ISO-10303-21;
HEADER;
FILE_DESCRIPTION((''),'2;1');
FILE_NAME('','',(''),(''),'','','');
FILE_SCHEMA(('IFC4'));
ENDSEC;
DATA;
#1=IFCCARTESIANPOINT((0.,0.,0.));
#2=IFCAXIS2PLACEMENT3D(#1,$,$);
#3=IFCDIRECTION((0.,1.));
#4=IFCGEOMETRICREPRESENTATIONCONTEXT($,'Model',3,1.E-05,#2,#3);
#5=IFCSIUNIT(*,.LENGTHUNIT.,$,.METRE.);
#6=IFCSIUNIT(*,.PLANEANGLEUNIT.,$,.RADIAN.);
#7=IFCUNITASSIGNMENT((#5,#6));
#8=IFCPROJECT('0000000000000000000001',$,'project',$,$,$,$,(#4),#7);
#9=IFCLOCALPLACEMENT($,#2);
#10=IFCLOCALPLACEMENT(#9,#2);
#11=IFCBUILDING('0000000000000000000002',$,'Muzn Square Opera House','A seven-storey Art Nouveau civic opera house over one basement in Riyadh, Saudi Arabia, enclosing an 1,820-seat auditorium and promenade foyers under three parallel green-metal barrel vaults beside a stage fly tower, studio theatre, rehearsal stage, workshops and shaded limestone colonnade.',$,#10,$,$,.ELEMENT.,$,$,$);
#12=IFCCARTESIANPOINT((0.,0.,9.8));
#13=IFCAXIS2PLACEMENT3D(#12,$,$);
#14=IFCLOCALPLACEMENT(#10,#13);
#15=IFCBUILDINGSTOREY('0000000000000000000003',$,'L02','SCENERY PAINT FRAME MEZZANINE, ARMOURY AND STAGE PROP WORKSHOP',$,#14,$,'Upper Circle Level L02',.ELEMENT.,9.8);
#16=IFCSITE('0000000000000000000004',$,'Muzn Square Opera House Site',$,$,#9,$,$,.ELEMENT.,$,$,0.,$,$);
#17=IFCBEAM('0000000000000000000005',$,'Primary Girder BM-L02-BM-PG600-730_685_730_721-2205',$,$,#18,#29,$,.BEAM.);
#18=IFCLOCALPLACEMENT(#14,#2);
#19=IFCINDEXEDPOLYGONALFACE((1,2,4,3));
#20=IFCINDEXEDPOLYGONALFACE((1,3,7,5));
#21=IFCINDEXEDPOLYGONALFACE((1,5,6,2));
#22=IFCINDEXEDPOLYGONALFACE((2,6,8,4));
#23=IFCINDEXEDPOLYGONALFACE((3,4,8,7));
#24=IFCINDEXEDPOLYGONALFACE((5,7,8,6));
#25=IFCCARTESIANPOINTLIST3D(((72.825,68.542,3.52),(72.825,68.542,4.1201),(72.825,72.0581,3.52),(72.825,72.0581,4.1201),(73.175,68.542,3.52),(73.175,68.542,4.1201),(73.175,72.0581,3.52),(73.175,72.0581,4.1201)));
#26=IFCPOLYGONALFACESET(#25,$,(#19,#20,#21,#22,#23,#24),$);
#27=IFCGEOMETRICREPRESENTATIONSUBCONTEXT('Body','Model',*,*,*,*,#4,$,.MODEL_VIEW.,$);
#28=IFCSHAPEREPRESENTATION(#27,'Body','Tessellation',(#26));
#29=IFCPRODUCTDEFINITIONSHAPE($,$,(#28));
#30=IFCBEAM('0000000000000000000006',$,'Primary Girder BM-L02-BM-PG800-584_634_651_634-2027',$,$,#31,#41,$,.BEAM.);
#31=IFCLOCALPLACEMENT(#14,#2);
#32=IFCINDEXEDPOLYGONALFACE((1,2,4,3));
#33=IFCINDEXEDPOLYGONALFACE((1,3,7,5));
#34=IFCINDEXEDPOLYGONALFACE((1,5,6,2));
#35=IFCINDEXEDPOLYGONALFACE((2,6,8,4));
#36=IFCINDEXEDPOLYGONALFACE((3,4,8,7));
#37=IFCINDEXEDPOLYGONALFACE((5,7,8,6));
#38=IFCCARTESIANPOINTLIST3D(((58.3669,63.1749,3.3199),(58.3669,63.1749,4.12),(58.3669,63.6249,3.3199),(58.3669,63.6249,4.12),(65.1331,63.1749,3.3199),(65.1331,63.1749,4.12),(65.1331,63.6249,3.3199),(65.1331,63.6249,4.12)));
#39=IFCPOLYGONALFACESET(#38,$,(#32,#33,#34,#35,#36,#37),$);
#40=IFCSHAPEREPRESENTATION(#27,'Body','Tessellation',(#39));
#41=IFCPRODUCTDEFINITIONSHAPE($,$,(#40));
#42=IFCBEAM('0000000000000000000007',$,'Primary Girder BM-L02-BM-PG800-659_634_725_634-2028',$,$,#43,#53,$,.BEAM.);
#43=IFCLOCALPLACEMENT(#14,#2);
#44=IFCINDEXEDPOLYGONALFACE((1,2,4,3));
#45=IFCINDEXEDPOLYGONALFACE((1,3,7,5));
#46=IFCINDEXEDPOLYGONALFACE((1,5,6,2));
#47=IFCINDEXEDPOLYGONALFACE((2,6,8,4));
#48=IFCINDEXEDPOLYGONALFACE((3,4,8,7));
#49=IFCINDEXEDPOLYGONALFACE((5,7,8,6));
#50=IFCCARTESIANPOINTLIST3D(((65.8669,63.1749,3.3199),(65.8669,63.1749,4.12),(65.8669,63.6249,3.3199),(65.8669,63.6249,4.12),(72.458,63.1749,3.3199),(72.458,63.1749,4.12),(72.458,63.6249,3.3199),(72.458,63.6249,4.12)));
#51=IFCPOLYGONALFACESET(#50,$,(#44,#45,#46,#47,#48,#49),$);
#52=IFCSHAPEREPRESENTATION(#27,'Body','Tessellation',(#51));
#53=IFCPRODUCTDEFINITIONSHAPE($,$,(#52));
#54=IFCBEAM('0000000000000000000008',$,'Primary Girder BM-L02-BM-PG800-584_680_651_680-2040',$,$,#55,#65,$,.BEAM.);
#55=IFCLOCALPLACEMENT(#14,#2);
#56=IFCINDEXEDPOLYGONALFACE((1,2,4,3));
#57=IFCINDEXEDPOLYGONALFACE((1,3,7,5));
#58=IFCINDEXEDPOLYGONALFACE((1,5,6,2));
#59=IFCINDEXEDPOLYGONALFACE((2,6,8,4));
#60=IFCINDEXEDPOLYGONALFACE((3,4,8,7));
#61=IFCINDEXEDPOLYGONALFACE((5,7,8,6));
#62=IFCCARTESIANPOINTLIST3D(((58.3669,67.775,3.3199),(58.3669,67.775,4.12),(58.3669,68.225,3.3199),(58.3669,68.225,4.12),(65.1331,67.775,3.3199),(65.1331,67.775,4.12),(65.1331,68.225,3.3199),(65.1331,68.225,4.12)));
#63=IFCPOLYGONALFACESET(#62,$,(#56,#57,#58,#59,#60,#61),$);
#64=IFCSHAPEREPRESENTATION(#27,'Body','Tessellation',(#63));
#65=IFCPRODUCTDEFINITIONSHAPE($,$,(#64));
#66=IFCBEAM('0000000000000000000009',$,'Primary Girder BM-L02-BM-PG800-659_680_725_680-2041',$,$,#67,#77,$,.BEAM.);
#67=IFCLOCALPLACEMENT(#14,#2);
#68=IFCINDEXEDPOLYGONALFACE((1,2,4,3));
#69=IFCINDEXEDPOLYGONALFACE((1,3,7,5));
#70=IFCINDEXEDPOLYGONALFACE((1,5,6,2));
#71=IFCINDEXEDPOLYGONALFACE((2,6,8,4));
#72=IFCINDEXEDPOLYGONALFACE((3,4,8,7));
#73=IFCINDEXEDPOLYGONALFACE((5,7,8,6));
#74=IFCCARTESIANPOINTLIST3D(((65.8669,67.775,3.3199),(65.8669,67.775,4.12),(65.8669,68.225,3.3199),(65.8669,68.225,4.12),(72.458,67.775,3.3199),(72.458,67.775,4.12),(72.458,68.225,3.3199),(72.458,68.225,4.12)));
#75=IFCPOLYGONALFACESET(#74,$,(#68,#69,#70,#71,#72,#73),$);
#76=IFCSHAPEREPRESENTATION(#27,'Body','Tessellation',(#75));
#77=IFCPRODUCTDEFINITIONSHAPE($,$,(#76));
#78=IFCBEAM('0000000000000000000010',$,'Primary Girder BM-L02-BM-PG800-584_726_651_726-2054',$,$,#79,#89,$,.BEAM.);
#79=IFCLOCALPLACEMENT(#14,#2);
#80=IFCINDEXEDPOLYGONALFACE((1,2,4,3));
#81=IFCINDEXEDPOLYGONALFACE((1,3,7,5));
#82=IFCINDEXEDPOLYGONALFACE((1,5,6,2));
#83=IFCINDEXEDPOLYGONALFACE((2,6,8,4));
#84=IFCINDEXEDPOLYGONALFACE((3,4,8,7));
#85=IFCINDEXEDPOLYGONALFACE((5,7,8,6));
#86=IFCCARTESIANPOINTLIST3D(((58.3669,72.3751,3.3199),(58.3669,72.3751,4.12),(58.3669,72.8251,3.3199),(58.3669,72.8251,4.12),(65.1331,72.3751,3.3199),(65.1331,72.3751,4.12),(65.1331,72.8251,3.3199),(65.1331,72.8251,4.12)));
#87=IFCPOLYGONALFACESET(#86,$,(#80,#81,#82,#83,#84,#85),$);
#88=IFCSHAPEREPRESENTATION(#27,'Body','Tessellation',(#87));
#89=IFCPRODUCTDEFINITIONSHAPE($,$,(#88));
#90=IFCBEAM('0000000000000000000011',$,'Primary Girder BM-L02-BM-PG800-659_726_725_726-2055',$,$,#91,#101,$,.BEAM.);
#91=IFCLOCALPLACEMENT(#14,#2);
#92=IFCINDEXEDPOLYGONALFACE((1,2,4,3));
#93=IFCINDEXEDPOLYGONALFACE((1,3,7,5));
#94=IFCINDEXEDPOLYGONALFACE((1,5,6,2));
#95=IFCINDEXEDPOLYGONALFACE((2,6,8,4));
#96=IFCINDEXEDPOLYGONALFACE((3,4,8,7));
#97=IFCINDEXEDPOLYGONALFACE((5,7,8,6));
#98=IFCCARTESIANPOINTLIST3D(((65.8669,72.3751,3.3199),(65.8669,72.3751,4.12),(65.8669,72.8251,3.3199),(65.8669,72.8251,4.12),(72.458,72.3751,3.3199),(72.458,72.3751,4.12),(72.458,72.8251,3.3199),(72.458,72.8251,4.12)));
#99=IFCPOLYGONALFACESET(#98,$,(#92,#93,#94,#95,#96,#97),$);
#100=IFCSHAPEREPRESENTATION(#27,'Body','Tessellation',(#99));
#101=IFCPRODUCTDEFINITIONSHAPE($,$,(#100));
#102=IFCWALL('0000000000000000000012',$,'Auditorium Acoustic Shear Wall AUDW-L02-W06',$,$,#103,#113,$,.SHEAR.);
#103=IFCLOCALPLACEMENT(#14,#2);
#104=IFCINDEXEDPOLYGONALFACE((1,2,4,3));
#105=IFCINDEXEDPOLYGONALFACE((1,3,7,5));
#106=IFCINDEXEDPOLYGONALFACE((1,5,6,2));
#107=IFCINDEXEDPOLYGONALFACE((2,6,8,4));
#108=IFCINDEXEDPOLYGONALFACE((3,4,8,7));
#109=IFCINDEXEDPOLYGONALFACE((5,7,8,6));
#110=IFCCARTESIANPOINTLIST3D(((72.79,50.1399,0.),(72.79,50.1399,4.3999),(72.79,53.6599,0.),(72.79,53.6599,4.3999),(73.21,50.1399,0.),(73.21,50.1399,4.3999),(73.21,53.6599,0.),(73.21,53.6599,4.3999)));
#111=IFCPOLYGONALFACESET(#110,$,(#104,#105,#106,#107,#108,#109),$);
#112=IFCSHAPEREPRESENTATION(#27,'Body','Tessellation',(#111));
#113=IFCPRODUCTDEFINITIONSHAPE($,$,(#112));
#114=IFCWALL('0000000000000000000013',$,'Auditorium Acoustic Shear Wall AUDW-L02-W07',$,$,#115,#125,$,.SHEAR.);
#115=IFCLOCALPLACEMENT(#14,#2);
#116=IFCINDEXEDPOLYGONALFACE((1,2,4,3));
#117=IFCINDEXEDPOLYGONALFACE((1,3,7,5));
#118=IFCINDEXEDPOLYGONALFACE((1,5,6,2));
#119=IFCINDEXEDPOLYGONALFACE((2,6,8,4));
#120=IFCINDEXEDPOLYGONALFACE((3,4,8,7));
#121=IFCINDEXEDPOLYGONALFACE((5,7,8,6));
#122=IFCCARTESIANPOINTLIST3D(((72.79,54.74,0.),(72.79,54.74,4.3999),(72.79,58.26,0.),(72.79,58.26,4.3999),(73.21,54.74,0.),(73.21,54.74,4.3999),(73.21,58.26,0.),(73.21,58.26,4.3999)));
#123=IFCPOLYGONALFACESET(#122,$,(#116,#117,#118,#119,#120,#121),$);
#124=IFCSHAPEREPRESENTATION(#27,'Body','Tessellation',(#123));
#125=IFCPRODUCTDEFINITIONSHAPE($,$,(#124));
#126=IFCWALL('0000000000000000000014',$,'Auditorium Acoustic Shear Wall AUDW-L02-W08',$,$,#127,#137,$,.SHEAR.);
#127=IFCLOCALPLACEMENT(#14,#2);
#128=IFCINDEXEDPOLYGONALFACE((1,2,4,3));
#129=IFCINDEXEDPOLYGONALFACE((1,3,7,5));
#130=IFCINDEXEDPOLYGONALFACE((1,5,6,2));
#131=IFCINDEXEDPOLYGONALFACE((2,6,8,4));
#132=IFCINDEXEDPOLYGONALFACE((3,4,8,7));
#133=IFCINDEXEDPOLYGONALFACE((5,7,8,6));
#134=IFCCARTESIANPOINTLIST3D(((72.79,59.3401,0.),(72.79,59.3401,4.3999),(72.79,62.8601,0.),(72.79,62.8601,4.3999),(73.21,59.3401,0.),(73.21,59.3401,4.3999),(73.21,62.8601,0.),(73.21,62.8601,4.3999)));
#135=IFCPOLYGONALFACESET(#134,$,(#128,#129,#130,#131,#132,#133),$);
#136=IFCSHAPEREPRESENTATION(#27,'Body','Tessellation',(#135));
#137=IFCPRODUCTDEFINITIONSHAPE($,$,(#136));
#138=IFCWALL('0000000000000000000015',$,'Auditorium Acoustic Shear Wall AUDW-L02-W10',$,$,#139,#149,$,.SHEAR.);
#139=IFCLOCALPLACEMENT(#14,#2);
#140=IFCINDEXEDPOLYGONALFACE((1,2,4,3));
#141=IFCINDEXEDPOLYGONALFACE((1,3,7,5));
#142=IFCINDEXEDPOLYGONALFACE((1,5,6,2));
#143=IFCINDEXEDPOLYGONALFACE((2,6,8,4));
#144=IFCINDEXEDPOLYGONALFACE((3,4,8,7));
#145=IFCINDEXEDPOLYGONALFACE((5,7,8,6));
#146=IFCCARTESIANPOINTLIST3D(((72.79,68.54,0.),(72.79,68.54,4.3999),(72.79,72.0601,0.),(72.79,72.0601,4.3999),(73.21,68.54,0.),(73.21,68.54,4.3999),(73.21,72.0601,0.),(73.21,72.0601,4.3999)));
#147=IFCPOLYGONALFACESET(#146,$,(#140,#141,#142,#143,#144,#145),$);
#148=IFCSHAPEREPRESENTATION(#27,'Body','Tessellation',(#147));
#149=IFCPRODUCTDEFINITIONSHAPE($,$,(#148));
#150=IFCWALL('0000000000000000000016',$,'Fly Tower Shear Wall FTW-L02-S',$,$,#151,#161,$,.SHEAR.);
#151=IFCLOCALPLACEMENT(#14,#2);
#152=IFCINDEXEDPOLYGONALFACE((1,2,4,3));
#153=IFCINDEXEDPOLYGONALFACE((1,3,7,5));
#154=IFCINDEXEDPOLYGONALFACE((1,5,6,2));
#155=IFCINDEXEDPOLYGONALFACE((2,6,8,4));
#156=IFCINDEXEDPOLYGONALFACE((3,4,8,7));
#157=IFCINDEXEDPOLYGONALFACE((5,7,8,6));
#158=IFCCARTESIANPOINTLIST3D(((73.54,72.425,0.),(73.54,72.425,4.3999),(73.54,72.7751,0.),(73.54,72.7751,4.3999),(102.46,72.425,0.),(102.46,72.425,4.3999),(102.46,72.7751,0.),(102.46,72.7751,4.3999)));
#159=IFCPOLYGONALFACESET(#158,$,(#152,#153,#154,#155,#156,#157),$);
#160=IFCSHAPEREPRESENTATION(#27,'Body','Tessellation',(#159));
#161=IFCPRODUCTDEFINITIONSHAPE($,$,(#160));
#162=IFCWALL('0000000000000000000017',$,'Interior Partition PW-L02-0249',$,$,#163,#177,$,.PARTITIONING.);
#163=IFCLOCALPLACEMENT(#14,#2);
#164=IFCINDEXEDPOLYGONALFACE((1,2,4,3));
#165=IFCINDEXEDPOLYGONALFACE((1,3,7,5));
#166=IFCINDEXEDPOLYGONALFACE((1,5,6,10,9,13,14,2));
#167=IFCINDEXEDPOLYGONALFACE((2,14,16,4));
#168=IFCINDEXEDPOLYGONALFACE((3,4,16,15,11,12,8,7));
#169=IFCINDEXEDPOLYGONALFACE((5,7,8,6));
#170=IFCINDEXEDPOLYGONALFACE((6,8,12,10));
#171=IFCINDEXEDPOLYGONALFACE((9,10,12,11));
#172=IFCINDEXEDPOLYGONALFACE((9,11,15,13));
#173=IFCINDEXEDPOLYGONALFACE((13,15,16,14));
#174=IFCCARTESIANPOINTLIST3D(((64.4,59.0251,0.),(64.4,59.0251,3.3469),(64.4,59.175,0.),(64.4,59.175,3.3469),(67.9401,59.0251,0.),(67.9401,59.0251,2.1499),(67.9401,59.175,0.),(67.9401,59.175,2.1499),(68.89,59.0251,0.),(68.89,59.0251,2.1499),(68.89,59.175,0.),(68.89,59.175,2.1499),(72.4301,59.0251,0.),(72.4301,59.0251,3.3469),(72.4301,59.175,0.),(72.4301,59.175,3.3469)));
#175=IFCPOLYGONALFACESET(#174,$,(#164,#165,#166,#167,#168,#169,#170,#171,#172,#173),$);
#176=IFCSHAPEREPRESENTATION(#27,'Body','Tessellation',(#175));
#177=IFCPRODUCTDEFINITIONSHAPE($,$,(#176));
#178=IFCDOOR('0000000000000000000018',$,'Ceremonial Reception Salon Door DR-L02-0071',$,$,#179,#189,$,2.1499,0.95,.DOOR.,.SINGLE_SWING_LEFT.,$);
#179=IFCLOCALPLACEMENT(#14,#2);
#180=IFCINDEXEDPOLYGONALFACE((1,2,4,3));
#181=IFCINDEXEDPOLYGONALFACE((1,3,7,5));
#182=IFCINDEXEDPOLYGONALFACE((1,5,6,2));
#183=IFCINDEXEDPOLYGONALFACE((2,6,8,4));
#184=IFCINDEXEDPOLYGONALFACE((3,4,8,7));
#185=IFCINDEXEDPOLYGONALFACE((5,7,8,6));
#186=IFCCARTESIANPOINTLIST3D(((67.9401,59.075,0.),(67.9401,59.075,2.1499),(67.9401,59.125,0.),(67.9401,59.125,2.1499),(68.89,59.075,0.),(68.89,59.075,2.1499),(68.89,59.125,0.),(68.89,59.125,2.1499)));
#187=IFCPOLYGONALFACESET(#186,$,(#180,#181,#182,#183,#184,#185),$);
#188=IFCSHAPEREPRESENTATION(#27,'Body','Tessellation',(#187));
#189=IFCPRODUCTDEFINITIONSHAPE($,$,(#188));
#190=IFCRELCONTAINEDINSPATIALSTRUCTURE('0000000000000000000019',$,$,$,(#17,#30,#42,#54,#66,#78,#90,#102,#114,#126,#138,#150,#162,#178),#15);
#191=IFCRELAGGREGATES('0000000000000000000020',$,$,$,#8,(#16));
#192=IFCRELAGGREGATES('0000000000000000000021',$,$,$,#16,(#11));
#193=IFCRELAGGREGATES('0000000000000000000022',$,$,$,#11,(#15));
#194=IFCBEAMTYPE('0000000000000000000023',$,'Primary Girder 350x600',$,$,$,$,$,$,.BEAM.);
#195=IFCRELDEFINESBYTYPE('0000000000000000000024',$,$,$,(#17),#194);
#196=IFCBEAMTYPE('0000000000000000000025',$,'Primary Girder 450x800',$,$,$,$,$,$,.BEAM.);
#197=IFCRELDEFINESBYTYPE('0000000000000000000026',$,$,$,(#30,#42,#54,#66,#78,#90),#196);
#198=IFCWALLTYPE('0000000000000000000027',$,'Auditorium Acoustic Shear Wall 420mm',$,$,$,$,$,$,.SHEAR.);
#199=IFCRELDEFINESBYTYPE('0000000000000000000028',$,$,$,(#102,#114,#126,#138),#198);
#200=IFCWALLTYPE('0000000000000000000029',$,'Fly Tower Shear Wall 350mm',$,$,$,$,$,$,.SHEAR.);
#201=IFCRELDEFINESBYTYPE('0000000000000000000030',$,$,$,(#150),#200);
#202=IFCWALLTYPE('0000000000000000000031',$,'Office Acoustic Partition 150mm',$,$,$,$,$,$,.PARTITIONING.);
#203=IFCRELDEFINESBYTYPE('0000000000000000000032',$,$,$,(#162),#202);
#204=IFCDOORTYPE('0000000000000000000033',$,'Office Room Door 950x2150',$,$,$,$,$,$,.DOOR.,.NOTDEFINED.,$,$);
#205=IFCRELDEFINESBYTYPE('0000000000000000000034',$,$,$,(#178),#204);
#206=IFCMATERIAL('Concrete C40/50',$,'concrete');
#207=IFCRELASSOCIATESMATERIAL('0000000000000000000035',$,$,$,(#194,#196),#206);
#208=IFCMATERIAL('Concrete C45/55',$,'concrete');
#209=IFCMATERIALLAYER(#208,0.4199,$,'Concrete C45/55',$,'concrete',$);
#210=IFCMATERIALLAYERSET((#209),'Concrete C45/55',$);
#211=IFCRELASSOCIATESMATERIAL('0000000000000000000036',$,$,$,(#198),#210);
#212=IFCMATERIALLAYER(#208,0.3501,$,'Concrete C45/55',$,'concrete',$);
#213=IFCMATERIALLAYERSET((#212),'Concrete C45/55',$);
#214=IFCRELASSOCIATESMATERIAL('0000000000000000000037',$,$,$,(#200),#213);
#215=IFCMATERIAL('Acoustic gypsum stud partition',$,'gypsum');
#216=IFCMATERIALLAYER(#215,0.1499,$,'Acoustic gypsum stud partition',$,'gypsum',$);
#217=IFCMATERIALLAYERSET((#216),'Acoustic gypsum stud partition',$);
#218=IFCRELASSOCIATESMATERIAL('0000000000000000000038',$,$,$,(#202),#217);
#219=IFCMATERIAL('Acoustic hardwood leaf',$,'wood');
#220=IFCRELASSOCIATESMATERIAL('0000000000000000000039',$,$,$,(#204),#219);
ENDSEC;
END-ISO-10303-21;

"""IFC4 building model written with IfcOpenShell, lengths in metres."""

from ifc_helpers import new_model, si_unit, direction, frame, frame_2d, origin, origin_2d, place, context, subcontext, project, spatial, rectangle, extrude, material, layer, layer_set, material_profile, profile_set, type_object, element, fill, save


model = new_model("IFC4")

# Units and contexts
model_context = context("Model", 3, precision=1e-05, world=origin(), true_north=direction((0.0, 1.0)))
body_context = subcontext(model_context, "Body", "Model", "MODEL_VIEW")
ifc_project = project(units=[si_unit("LENGTHUNIT", "METRE"), si_unit("PLANEANGLEUNIT", "RADIAN")], contexts=[model_context])

# Site, building, storey
site_placement = place(None, origin())
site = spatial("IfcSite", under=ifc_project, at=site_placement, Name="Muzn Square Opera House Site", CompositionType="ELEMENT", RefElevation=0.0)
building_placement = place(site_placement, origin())
building = spatial("IfcBuilding", under=site, at=building_placement, Name="Muzn Square Opera House", Description="A seven-storey Art Nouveau civic opera house over one basement in Riyadh, Saudi Arabia, enclosing an 1,820-seat auditorium and promenade foyers under three parallel green-metal barrel vaults beside a stage fly tower, studio theatre, rehearsal stage, workshops and shaded limestone colonnade.", CompositionType="ELEMENT")
storey_placement = place(building_placement, frame((0.0, 0.0, 9.8)))
storey = spatial("IfcBuildingStorey", under=building, at=storey_placement, Name="L02", Description="SCENERY PAINT FRAME MEZZANINE, ARMOURY AND STAGE PROP WORKSHOP", LongName="Upper Circle Level L02", CompositionType="ELEMENT", Elevation=9.8)

# Shared definitions
ifc_material_1 = material(Name="Concrete C45/55", Category="concrete")

# Beams
ifc_material_2 = material(Name="Concrete C40/50", Category="concrete")
ifc_material_profile_1 = material_profile(ifc_material_2, rectangle(XDim=0.3501, YDim=0.6001, at=origin_2d()), Name="RCB 350x600", Category="concrete")
ifc_profile_set_1 = profile_set([ifc_material_profile_1], Name="Concrete C40/50")
beam_type_1 = type_object("IfcBeamType", Name="Primary Girder 350x600", PredefinedType="BEAM", material=ifc_profile_set_1)
for number, where, z_axis, x_axis, name in (
    (1, (73.0, 68.542, 3.8201), (0.0, 1.0, 0.0), (-1.0, 0.0, 0.0), "Primary Girder BM-L02-BM-PG600-730_685_730_721-2205"),
):
    element("IfcBeam", number, at=place(storey_placement, frame(where, z_axis=z_axis, x_axis=x_axis)), inside=storey, type_object=beam_type_1, Name=name, PredefinedType="BEAM", context=body_context, shape_type="SweptSolid", body=[
        extrude(rectangle(XDim=0.3501, YDim=0.6001, at=origin_2d()), origin(), (0.0, 0.0, 1.0), 3.5161),
    ])
ifc_material_profile_2 = material_profile(ifc_material_2, rectangle(XDim=0.45, YDim=0.8, at=origin_2d()), Name="RCB 450x800", Category="concrete")
ifc_profile_set_2 = profile_set([ifc_material_profile_2], Name="Concrete C40/50")
beam_type_2 = type_object("IfcBeamType", Name="Primary Girder 450x800", PredefinedType="BEAM", material=ifc_profile_set_2)
beam_1_placement = place(storey_placement, frame((58.3669, 63.3999, 3.72), z_axis=(1.0, 0.0, 0.0), x_axis=(0.0, 1.0, 0.0)))
element("IfcBeam", 2, at=beam_1_placement, inside=storey, type_object=beam_type_2, Name="Primary Girder BM-L02-BM-PG800-584_634_651_634-2027", PredefinedType="BEAM", context=body_context, shape_type="SweptSolid", body=[
    extrude(rectangle(XDim=0.45, YDim=0.8, at=origin_2d()), origin(), (0.0, 0.0, 1.0), 6.7661),
])
beam_2_placement = place(storey_placement, frame((65.8669, 63.3999, 3.72), z_axis=(1.0, 0.0, 0.0), x_axis=(0.0, 1.0, 0.0)))
element("IfcBeam", 3, at=beam_2_placement, inside=storey, type_object=beam_type_2, Name="Primary Girder BM-L02-BM-PG800-659_634_725_634-2028", PredefinedType="BEAM", context=body_context, shape_type="SweptSolid", body=[
    extrude(rectangle(XDim=0.45, YDim=0.8, at=origin_2d()), origin(), (0.0, 0.0, 1.0), 6.5911),
])
beam_3_placement = place(storey_placement, frame((58.3669, 68.0, 3.72), z_axis=(1.0, 0.0, 0.0), x_axis=(0.0, 1.0, 0.0)))
element("IfcBeam", 4, at=beam_3_placement, inside=storey, type_object=beam_type_2, Name="Primary Girder BM-L02-BM-PG800-584_680_651_680-2040", PredefinedType="BEAM", context=body_context, shape_type="SweptSolid", body=[
    extrude(rectangle(XDim=0.45, YDim=0.8, at=origin_2d()), origin(), (0.0, 0.0, 1.0), 6.7661),
])
beam_4_placement = place(storey_placement, frame((65.8669, 68.0, 3.72), z_axis=(1.0, 0.0, 0.0), x_axis=(0.0, 1.0, 0.0)))
element("IfcBeam", 5, at=beam_4_placement, inside=storey, type_object=beam_type_2, Name="Primary Girder BM-L02-BM-PG800-659_680_725_680-2041", PredefinedType="BEAM", context=body_context, shape_type="SweptSolid", body=[
    extrude(rectangle(XDim=0.45, YDim=0.8, at=origin_2d()), origin(), (0.0, 0.0, 1.0), 6.5911),
])
beam_5_placement = place(storey_placement, frame((58.3669, 72.6001, 3.72), z_axis=(1.0, 0.0, 0.0), x_axis=(0.0, 1.0, 0.0)))
element("IfcBeam", 6, at=beam_5_placement, inside=storey, type_object=beam_type_2, Name="Primary Girder BM-L02-BM-PG800-584_726_651_726-2054", PredefinedType="BEAM", context=body_context, shape_type="SweptSolid", body=[
    extrude(rectangle(XDim=0.45, YDim=0.8, at=origin_2d()), origin(), (0.0, 0.0, 1.0), 6.7661),
])
beam_6_placement = place(storey_placement, frame((65.8669, 72.6001, 3.72), z_axis=(1.0, 0.0, 0.0), x_axis=(0.0, 1.0, 0.0)))
element("IfcBeam", 7, at=beam_6_placement, inside=storey, type_object=beam_type_2, Name="Primary Girder BM-L02-BM-PG800-659_726_725_726-2055", PredefinedType="BEAM", context=body_context, shape_type="SweptSolid", body=[
    extrude(rectangle(XDim=0.45, YDim=0.8, at=origin_2d()), origin(), (0.0, 0.0, 1.0), 6.5911),
])

# Walls
ifc_layer_1 = layer(ifc_material_1, 0.4199, Name="Concrete C45/55", Category="concrete")
ifc_layer_set_1 = layer_set([ifc_layer_1], Name="Concrete C45/55")
wall_type_1 = type_object("IfcWallType", Name="Auditorium Acoustic Shear Wall 420mm", PredefinedType="SHEAR", material=ifc_layer_set_1)
for number, where, z_axis, x_axis, name in (
    (8, (73.0, 50.1399, 0.0), (0.0, 0.0, 1.0), (0.0, 1.0, 0.0), "Auditorium Acoustic Shear Wall AUDW-L02-W06"),
    (9, (73.0, 54.74, 0.0), (0.0, 0.0, 1.0), (0.0, 1.0, 0.0), "Auditorium Acoustic Shear Wall AUDW-L02-W07"),
    (10, (73.0, 59.3401, 0.0), (0.0, 0.0, 1.0), (0.0, 1.0, 0.0), "Auditorium Acoustic Shear Wall AUDW-L02-W08"),
    (11, (73.0, 68.54, 0.0), (0.0, 0.0, 1.0), (0.0, 1.0, 0.0), "Auditorium Acoustic Shear Wall AUDW-L02-W10"),
):
    element("IfcWall", number, at=place(storey_placement, frame(where, z_axis=z_axis, x_axis=x_axis)), inside=storey, type_object=wall_type_1, Name=name, PredefinedType="SHEAR", context=body_context, shape_type="SweptSolid", body=[
        extrude(rectangle(XDim=3.52, YDim=0.4199, at=frame_2d((1.76, 0.0))), origin(), (0.0, 0.0, 1.0), 4.3999),
    ])
ifc_layer_2 = layer(ifc_material_1, 0.3501, Name="Concrete C45/55", Category="concrete")
ifc_layer_set_2 = layer_set([ifc_layer_2], Name="Concrete C45/55")
wall_type_2 = type_object("IfcWallType", Name="Fly Tower Shear Wall 350mm", PredefinedType="SHEAR", material=ifc_layer_set_2)
wall_1_placement = place(storey_placement, frame((73.54, 72.6001, 0.0), z_axis=(0.0, 0.0, 1.0), x_axis=(1.0, 0.0, 0.0)))
element("IfcWall", 12, at=wall_1_placement, inside=storey, type_object=wall_type_2, Name="Fly Tower Shear Wall FTW-L02-S", PredefinedType="SHEAR", context=body_context, shape_type="SweptSolid", body=[
    extrude(rectangle(XDim=28.9199, YDim=0.3501, at=frame_2d((14.46, 0.0))), origin(), (0.0, 0.0, 1.0), 4.3999),
])

# Wall, opening, door
ifc_material_3 = material(Name="Acoustic gypsum stud partition", Category="gypsum")
ifc_layer_3 = layer(ifc_material_3, 0.1499, Name="Acoustic gypsum stud partition", Category="gypsum")
ifc_layer_set_3 = layer_set([ifc_layer_3], Name="Acoustic gypsum stud partition")
wall_type_3 = type_object("IfcWallType", Name="Office Acoustic Partition 150mm", PredefinedType="PARTITIONING", material=ifc_layer_set_3)
wall_2_placement = place(storey_placement, frame((64.3999, 59.1001, 0.0), z_axis=(0.0, 0.0, 1.0), x_axis=(1.0, 0.0, 0.0)))
wall_2 = element("IfcWall", 13, at=wall_2_placement, inside=storey, type_object=wall_type_3, Name="Interior Partition PW-L02-0249", PredefinedType="PARTITIONING", context=body_context, shape_type="SweptSolid", body=[
    extrude(rectangle(XDim=8.03, YDim=0.1499, at=frame_2d((4.0151, 0.0))), origin(), (0.0, 0.0, 1.0), 3.3469),
])
opening_placement = place(wall_2_placement, frame((3.54, 0.0, 0.0)))
opening = element("IfcOpeningElement", 14, at=opening_placement, cuts=wall_2, PredefinedType="OPENING", context=body_context, shape_type="SweptSolid", body=[
    extrude(rectangle(XDim=0.95, YDim=2.1499, at=frame_2d((0.4751, 1.075))), frame((0.0, 0.085, 0.0), z_axis=(0.0, -1.0, 0.0), x_axis=(1.0, 0.0, 0.0)), (0.0, 0.0, 1.0), 0.1699),
])
ifc_material_4 = material(Name="Acoustic hardwood leaf", Category="wood")
door_type = type_object("IfcDoorType", Name="Office Room Door 950x2150", OperationType="NOTDEFINED", PredefinedType="DOOR", material=ifc_material_4)
door_placement = place(opening_placement, origin())
door = element("IfcDoor", 15, at=door_placement, inside=storey, type_object=door_type, Name="Ceremonial Reception Salon Door DR-L02-0071", OperationType="SINGLE_SWING_LEFT", OverallHeight=2.1499, OverallWidth=0.95, PredefinedType="DOOR", context=body_context, shape_type="SweptSolid", body=[
    extrude(rectangle(XDim=0.95, YDim=2.1499, at=frame_2d((0.4751, 1.075))), frame((0.0, 0.0249, 0.0), z_axis=(0.0, -1.0, 0.0), x_axis=(1.0, 0.0, 0.0)), (0.0, 0.0, 1.0), 0.05),
])
fill(opening, door)

save(model, "model.ifc")
